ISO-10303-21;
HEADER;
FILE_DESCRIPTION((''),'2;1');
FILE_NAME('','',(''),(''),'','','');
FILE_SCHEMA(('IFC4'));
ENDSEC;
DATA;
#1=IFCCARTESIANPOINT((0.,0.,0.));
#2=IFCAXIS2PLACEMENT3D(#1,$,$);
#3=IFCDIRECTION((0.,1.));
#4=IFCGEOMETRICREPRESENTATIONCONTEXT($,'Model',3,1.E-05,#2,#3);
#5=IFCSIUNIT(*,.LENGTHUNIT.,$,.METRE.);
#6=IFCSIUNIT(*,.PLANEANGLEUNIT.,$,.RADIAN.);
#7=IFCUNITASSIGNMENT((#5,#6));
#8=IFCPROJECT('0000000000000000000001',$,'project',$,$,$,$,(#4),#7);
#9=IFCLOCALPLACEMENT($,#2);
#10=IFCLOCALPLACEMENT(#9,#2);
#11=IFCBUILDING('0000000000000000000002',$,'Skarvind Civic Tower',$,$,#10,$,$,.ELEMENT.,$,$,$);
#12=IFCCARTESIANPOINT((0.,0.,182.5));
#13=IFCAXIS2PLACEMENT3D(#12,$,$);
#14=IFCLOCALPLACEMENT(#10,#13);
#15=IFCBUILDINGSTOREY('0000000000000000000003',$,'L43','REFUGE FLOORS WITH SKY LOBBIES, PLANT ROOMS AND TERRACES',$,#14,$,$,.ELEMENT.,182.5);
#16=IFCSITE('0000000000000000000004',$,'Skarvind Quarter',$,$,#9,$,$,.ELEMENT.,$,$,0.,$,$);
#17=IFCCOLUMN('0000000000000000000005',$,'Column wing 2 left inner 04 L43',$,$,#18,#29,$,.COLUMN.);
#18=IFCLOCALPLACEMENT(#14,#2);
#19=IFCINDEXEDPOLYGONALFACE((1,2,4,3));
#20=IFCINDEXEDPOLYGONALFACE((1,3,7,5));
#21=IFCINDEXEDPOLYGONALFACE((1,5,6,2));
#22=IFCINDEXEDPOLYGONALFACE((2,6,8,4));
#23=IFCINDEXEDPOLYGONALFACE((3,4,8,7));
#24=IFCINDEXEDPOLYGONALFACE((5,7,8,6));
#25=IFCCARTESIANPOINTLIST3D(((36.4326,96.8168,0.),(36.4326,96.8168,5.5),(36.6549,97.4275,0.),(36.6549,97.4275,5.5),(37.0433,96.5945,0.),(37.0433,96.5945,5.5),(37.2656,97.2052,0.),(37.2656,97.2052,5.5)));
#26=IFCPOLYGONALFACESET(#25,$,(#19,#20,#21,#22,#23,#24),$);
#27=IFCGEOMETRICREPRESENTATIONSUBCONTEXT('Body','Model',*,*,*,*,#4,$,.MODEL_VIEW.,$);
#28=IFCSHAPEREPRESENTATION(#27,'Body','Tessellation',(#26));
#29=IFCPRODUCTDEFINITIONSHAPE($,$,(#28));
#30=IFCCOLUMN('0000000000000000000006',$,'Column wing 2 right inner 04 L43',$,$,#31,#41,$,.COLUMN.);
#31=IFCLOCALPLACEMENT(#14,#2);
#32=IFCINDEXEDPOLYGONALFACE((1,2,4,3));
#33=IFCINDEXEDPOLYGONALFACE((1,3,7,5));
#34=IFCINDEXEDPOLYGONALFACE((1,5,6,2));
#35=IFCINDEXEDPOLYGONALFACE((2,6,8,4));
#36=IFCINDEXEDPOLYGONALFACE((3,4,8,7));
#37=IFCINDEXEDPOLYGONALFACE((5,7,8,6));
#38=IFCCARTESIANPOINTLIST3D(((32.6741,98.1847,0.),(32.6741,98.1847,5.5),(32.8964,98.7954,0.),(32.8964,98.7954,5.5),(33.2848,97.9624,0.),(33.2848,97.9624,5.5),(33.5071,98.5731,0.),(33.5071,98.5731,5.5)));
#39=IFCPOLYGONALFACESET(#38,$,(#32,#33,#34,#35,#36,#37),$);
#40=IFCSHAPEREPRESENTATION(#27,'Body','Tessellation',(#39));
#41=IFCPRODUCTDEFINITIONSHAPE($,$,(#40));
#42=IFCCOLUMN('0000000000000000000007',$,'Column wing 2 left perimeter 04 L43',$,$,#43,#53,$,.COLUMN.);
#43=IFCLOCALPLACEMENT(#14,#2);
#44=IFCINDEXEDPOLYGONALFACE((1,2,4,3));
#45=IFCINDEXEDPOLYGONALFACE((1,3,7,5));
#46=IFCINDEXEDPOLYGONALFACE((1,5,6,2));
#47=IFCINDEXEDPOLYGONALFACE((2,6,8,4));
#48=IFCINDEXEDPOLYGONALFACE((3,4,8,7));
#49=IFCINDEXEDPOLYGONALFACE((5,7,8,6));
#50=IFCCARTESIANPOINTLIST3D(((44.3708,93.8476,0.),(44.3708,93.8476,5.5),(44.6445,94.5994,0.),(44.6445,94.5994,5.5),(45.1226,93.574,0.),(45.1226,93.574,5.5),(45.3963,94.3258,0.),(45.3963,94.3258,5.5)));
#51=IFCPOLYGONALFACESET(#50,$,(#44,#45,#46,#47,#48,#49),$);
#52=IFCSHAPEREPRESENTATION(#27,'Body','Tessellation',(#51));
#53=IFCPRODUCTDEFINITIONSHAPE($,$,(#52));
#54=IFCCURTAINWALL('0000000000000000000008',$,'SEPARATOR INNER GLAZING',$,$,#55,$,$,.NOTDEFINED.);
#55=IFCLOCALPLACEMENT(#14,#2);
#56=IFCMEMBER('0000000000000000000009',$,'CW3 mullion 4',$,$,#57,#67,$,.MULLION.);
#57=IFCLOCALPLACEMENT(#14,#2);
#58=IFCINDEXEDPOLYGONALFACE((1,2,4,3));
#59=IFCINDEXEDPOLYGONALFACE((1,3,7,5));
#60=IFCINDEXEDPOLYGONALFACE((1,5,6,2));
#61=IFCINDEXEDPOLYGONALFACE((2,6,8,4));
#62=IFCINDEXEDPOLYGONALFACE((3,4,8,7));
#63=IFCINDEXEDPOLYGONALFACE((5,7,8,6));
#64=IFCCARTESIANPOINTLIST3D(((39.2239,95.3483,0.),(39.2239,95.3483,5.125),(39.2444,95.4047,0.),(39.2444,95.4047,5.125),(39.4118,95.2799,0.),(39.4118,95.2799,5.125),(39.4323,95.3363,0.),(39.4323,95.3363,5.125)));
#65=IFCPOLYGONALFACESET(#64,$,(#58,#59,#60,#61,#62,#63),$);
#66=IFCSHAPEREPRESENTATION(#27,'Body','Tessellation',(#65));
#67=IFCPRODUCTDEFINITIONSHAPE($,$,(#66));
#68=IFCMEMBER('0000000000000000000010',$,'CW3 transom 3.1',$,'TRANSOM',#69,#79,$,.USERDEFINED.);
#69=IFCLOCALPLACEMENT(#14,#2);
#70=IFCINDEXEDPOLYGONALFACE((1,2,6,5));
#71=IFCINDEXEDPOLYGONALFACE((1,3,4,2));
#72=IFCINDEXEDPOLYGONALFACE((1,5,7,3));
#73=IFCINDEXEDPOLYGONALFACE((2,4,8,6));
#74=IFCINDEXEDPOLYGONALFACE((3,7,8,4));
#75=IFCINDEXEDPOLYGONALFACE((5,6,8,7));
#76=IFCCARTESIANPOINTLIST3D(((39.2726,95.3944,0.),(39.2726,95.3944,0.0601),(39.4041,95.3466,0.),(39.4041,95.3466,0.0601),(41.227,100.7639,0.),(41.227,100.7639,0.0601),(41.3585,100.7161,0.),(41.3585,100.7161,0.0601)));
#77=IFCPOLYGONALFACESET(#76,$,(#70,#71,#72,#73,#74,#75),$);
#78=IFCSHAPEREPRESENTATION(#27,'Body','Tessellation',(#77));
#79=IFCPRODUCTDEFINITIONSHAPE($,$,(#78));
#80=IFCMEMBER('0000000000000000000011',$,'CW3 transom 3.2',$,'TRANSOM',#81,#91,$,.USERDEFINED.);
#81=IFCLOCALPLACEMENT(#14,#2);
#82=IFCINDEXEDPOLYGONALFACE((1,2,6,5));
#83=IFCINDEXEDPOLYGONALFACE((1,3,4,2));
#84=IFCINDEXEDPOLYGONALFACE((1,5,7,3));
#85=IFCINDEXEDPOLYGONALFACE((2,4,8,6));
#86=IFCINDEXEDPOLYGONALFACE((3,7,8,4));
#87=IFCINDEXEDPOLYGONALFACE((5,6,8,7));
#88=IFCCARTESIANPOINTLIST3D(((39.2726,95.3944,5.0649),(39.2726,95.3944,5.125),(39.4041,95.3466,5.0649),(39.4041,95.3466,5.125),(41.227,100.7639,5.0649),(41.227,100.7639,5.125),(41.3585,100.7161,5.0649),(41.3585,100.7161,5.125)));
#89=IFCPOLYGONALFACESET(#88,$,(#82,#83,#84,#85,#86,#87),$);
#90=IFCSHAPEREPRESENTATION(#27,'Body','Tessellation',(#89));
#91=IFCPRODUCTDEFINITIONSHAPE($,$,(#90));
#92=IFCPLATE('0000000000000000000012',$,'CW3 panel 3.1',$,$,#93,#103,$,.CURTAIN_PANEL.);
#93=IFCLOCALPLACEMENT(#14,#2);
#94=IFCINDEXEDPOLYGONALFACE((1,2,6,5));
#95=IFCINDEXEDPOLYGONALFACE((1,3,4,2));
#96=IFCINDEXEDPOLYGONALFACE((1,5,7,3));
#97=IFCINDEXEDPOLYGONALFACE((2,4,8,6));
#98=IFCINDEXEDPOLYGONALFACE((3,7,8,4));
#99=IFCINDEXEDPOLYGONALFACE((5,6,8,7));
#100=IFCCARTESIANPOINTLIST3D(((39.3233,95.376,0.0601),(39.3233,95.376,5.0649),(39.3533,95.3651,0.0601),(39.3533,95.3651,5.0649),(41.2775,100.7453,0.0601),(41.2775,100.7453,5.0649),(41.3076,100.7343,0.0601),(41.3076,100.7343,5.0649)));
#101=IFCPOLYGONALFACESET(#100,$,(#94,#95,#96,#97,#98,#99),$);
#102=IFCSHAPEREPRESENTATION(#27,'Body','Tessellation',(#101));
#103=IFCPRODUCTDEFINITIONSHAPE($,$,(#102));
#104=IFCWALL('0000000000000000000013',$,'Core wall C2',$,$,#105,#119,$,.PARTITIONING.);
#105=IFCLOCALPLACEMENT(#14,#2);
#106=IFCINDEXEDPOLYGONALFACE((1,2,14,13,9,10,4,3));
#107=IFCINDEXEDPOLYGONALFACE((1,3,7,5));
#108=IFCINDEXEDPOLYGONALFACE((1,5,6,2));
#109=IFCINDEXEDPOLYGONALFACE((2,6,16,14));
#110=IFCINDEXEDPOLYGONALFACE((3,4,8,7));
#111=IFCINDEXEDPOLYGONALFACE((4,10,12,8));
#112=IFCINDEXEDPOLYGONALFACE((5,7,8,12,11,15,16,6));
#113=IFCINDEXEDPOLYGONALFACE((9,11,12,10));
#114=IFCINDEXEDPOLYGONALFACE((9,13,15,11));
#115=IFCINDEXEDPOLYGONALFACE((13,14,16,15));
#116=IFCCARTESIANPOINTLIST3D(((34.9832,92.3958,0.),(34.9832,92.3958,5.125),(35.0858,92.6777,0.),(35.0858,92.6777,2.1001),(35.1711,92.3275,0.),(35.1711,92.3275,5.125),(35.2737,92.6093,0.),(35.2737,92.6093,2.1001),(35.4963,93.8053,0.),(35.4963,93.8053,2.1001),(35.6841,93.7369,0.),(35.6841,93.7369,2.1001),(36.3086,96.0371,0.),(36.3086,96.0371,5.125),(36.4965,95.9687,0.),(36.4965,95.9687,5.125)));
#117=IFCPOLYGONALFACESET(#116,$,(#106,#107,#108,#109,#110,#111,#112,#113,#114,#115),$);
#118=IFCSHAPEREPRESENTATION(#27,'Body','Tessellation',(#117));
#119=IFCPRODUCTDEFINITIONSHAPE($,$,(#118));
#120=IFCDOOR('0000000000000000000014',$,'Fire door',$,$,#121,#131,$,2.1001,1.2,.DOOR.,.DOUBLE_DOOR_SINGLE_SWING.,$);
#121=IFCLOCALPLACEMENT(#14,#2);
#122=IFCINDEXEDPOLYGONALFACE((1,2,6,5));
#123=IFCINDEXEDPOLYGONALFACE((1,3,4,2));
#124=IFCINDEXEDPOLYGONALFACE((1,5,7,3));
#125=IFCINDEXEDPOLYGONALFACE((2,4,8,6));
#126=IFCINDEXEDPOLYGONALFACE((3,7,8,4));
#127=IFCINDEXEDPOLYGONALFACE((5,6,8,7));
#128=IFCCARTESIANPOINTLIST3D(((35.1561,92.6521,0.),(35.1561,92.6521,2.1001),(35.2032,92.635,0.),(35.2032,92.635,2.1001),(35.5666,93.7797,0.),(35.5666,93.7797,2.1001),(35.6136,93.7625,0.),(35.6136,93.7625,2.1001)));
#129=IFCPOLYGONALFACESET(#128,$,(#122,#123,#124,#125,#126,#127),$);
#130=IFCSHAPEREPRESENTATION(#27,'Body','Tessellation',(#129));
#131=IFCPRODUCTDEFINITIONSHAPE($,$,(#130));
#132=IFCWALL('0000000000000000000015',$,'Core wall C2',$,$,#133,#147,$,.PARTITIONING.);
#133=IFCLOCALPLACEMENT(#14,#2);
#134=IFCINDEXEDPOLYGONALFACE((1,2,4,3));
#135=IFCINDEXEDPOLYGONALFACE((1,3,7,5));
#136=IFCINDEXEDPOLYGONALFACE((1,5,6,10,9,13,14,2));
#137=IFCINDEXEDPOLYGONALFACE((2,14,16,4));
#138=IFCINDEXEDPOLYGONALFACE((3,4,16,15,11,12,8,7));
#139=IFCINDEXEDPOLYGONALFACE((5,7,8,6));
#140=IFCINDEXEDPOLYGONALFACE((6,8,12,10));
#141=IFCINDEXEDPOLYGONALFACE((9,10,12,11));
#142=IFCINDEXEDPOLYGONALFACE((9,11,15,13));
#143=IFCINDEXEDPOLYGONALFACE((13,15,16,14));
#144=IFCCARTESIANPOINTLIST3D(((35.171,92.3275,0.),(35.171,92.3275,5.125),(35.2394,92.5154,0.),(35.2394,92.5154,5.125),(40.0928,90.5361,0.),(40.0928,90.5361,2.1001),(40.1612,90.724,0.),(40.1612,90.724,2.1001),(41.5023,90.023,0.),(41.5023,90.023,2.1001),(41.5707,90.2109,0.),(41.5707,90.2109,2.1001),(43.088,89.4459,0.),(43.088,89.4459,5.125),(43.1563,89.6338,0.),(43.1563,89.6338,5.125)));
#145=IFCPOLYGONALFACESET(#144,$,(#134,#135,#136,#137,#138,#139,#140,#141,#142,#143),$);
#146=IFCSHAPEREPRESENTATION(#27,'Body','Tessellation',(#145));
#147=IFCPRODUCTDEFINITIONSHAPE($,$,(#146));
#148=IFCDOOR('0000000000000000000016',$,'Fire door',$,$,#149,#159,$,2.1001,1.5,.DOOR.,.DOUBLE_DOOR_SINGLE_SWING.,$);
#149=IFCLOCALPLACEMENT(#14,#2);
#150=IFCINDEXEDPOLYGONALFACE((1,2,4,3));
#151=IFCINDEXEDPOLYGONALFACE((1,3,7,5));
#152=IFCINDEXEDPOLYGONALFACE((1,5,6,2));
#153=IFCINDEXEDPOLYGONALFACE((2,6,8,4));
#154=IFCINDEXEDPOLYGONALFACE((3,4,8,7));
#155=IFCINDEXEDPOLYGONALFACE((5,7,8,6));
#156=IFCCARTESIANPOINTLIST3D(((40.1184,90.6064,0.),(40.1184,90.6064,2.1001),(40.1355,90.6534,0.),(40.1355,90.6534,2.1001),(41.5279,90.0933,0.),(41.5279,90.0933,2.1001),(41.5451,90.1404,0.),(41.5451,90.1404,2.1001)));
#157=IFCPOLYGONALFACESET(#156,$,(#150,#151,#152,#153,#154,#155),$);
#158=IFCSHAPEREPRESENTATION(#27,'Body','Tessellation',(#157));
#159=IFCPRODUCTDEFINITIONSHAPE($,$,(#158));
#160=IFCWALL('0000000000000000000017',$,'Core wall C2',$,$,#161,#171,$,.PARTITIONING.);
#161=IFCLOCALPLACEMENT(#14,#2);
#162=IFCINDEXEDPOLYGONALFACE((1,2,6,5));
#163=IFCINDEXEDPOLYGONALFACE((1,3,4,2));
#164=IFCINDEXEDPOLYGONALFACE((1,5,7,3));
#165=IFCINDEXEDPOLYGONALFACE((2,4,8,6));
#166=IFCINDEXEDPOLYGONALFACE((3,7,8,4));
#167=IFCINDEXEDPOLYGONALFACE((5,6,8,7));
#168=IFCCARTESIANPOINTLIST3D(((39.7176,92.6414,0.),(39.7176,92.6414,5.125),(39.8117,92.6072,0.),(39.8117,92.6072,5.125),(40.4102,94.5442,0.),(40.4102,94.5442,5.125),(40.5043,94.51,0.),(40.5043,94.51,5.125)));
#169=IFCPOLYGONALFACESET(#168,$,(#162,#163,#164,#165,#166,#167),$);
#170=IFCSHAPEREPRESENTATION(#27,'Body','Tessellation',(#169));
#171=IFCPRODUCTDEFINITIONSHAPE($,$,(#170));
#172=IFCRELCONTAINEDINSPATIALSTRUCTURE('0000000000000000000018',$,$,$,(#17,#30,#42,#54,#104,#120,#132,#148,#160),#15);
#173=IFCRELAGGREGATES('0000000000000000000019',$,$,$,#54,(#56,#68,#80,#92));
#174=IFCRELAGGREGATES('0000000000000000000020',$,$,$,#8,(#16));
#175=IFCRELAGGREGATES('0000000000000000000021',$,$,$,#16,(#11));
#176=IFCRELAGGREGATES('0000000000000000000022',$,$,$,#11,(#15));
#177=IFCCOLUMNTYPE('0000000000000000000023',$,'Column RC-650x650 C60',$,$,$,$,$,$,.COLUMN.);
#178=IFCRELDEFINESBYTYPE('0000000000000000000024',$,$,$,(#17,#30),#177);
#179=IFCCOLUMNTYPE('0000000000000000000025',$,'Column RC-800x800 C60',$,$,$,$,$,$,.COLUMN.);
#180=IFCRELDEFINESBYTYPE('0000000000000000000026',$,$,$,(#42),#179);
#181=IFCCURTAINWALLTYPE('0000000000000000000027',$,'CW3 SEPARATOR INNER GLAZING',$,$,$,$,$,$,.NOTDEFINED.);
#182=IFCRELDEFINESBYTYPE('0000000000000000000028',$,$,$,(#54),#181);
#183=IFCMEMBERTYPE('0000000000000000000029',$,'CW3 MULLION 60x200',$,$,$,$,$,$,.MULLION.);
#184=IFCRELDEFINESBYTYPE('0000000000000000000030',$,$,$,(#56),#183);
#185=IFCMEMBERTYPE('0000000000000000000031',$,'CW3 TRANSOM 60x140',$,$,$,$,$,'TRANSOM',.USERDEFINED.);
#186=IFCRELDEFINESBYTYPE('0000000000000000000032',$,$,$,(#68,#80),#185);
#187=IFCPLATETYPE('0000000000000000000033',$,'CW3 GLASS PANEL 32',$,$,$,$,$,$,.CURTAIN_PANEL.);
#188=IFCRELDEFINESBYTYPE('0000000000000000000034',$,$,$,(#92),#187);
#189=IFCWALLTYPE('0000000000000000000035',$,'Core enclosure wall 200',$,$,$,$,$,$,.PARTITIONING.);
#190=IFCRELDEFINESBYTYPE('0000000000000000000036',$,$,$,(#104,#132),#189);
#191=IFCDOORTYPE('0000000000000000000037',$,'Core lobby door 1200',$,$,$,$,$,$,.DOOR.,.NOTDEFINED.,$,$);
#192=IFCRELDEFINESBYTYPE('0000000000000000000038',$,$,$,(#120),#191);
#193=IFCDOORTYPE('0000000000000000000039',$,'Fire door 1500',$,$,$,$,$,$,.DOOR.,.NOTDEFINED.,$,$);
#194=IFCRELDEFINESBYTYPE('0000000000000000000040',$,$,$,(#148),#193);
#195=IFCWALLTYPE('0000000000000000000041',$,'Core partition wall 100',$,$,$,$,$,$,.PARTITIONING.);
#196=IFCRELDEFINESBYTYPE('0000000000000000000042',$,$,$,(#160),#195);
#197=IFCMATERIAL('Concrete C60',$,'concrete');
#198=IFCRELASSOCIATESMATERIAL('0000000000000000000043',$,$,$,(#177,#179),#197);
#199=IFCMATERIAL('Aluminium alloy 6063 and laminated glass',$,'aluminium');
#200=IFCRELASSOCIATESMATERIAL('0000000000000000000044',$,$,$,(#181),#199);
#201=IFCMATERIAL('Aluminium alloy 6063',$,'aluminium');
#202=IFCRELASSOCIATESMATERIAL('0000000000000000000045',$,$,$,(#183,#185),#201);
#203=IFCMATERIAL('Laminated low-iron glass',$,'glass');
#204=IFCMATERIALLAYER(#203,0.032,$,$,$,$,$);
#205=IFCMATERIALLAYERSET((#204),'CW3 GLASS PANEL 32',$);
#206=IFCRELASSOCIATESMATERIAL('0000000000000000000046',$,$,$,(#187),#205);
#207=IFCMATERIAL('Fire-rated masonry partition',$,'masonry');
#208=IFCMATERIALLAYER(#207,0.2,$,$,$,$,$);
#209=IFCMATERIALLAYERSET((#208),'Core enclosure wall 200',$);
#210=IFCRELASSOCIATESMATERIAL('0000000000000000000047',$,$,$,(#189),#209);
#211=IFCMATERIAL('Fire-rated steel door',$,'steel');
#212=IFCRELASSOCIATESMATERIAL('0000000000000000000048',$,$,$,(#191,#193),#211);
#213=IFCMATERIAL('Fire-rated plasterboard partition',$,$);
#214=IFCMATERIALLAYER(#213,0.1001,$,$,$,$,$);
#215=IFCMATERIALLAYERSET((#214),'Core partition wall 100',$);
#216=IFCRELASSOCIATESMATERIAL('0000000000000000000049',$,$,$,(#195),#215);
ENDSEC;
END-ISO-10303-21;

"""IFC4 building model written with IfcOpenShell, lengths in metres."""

from ifc_helpers import new_model, si_unit, direction, frame, frame_2d, origin, origin_2d, place, context, subcontext, project, spatial, rectangle, extrude, material, layer, layer_set, material_profile, profile_set, type_object, element, fill, aggregate, save


model = new_model("IFC4")

# Units and contexts
model_context = context("Model", 3, precision=1e-05, world=origin(), true_north=direction((0.0, 1.0)))
body_context = subcontext(model_context, "Body", "Model", "MODEL_VIEW")
ifc_project = project(units=[si_unit("LENGTHUNIT", "METRE"), si_unit("PLANEANGLEUNIT", "RADIAN")], contexts=[model_context])

# Site, building, storey
site_placement = place(None, origin())
site = spatial("IfcSite", under=ifc_project, at=site_placement, Name="Skarvind Quarter", CompositionType="ELEMENT", RefElevation=0.0)
building_placement = place(site_placement, origin())
building = spatial("IfcBuilding", under=site, at=building_placement, Name="Skarvind Civic Tower", CompositionType="ELEMENT")
storey_placement = place(building_placement, frame((0.0, 0.0, 182.5)))
storey = spatial("IfcBuildingStorey", under=building, at=storey_placement, Name="L43", Description="REFUGE FLOORS WITH SKY LOBBIES, PLANT ROOMS AND TERRACES", CompositionType="ELEMENT", Elevation=182.5)

# Columns
ifc_material_1 = material(Name="Concrete C60", Category="concrete")
ifc_material_profile_1 = material_profile(ifc_material_1, rectangle(XDim=0.6499, YDim=0.6499, at=origin_2d()), Name="RC-650x650")
ifc_profile_set_1 = profile_set([ifc_material_profile_1], Name="Concrete C60")
column_type_1 = type_object("IfcColumnType", Name="Column RC-650x650 C60", PredefinedType="COLUMN", material=ifc_profile_set_1)
for number, where, z_axis, x_axis, name in (
    (1, (36.8491, 97.011, 0.0), (0.0, 0.0, 1.0), (-0.34202, -0.939693, 0.0), "Column wing 2 left inner 04 L43"),
    (2, (33.0906, 98.3789, 0.0), (0.0, 0.0, 1.0), (-0.34202, -0.939693, 0.0), "Column wing 2 right inner 04 L43"),
):
    element("IfcColumn", number, at=place(storey_placement, frame(where, z_axis=z_axis, x_axis=x_axis)), inside=storey, type_object=column_type_1, Name=name, PredefinedType="COLUMN", context=body_context, shape_type="SweptSolid", body=[
        extrude(rectangle(XDim=0.6499, YDim=0.6499, at=origin_2d()), origin(), (0.0, 0.0, 1.0), 5.5),
    ])
ifc_material_profile_2 = material_profile(ifc_material_1, rectangle(XDim=0.8, YDim=0.8, at=origin_2d()), Name="RC-800x800")
ifc_profile_set_2 = profile_set([ifc_material_profile_2], Name="Concrete C60")
column_type_2 = type_object("IfcColumnType", Name="Column RC-800x800 C60", PredefinedType="COLUMN", material=ifc_profile_set_2)
column_placement = place(storey_placement, frame((44.8835, 94.0867, 0.0), z_axis=(0.0, 0.0, 1.0), x_axis=(-0.34202, -0.939693, 0.0)))
element("IfcColumn", 3, at=column_placement, inside=storey, type_object=column_type_2, Name="Column wing 2 left perimeter 04 L43", PredefinedType="COLUMN", context=body_context, shape_type="SweptSolid", body=[
    extrude(rectangle(XDim=0.8, YDim=0.8, at=origin_2d()), origin(), (0.0, 0.0, 1.0), 5.5),
])

# Curtain wall, members, plate
ifc_material_2 = material(Name="Aluminium alloy 6063 and laminated glass", Category="aluminium")
curtain_wall_type = type_object("IfcCurtainWallType", Name="CW3 SEPARATOR INNER GLAZING", PredefinedType="NOTDEFINED", material=ifc_material_2)
curtain_wall_placement = place(storey_placement, origin())
curtain_wall = element("IfcCurtainWall", 4, at=curtain_wall_placement, inside=storey, type_object=curtain_wall_type, Name="SEPARATOR INNER GLAZING", PredefinedType="NOTDEFINED")
ifc_material_3 = material(Name="Aluminium alloy 6063", Category="aluminium")
ifc_material_profile_3 = material_profile(ifc_material_3, rectangle(XDim=0.2, YDim=0.0601, at=origin_2d()), Name="AL 60x200")
ifc_profile_set_3 = profile_set([ifc_material_profile_3], Name="Aluminium alloy 6063")
member_type_1 = type_object("IfcMemberType", Name="CW3 MULLION 60x200", PredefinedType="MULLION", material=ifc_profile_set_3)
member_1_placement = place(storey_placement, frame((39.3281, 95.3423, 0.0), z_axis=(0.0, 0.0, 1.0), x_axis=(0.939693, -0.342018, 0.0)))
member_1 = element("IfcMember", 5, at=member_1_placement, type_object=member_type_1, Name="CW3 mullion 4", PredefinedType="MULLION", context=body_context, shape_type="SweptSolid", body=[
    extrude(rectangle(XDim=0.2, YDim=0.0601, at=origin_2d()), origin(), (0.0, 0.0, 1.0), 5.125),
])
ifc_material_profile_4 = material_profile(ifc_material_3, rectangle(XDim=0.1399, YDim=0.0601, at=origin_2d()), Name="AL 60x140")
ifc_profile_set_4 = profile_set([ifc_material_profile_4], Name="Aluminium alloy 6063")
member_type_2 = type_object("IfcMemberType", Name="CW3 TRANSOM 60x140", ElementType="TRANSOM", PredefinedType="USERDEFINED", material=ifc_profile_set_4)
member_2_placement = place(storey_placement, frame((41.2927, 100.74, 0.03), z_axis=(-0.342028, -0.93969, 0.0), x_axis=(0.93969, -0.342028, 0.0)))
member_2 = element("IfcMember", 6, at=member_2_placement, type_object=member_type_2, Name="CW3 transom 3.1", ObjectType="TRANSOM", PredefinedType="USERDEFINED", context=body_context, shape_type="SweptSolid", body=[
    extrude(rectangle(XDim=0.1399, YDim=0.0601, at=origin_2d()), origin(), (0.0, 0.0, 1.0), 5.7141),
])
member_3_placement = place(storey_placement, frame((41.2927, 100.74, 5.095), z_axis=(-0.342028, -0.93969, 0.0), x_axis=(0.93969, -0.342028, 0.0)))
member_3 = element("IfcMember", 7, at=member_3_placement, type_object=member_type_2, Name="CW3 transom 3.2", ObjectType="TRANSOM", PredefinedType="USERDEFINED", context=body_context, shape_type="SweptSolid", body=[
    extrude(rectangle(XDim=0.1399, YDim=0.0601, at=origin_2d()), origin(), (0.0, 0.0, 1.0), 5.7141),
])
ifc_material_4 = material(Name="Laminated low-iron glass", Category="glass")
ifc_layer_1 = layer(ifc_material_4, 0.032)
ifc_layer_set_1 = layer_set([ifc_layer_1], Name="CW3 GLASS PANEL 32")
plate_type = type_object("IfcPlateType", Name="CW3 GLASS PANEL 32", PredefinedType="CURTAIN_PANEL", material=ifc_layer_set_1)
plate_placement = place(storey_placement, frame((40.3154, 98.0552, 0.0601), z_axis=(0.0, 0.0, 1.0), x_axis=(-0.342018, -0.939693, 0.0)))
plate = element("IfcPlate", 8, at=plate_placement, type_object=plate_type, Name="CW3 panel 3.1", PredefinedType="CURTAIN_PANEL", context=body_context, shape_type="SweptSolid", body=[
    extrude(rectangle(XDim=5.7139, YDim=0.032, at=origin_2d()), origin(), (0.0, 0.0, 1.0), 5.0049),
])
aggregate(curtain_wall, [member_1, member_2, member_3, plate])

# Walls, openings, doors
ifc_material_5 = material(Name="Fire-rated masonry partition", Category="masonry")
ifc_layer_2 = layer(ifc_material_5, 0.2)
ifc_layer_set_2 = layer_set([ifc_layer_2], Name="Core enclosure wall 200")
wall_type_1 = type_object("IfcWallType", Name="Core enclosure wall 200", PredefinedType="PARTITIONING", material=ifc_layer_set_2)
wall_1_placement = place(storey_placement, frame((36.4026, 96.0029, 0.0), z_axis=(0.0, 0.0, 1.0), x_axis=(-0.342042, -0.939685, 0.0)))
wall_1 = element("IfcWall", 9, at=wall_1_placement, inside=storey, type_object=wall_type_1, Name="Core wall C2", PredefinedType="PARTITIONING", context=body_context, shape_type="SweptSolid", body=[
    extrude(rectangle(XDim=3.875, YDim=0.2, at=frame_2d((1.9375, 0.0))), origin(), (0.0, 0.0, 1.0), 5.125),
])
opening_1_placement = place(wall_1_placement, frame((2.375, 0.0, 0.0)))
opening_1 = element("IfcOpeningElement", 10, at=opening_1_placement, cuts=wall_1, PredefinedType="OPENING", context=body_context, shape_type="SweptSolid", body=[
    extrude(rectangle(XDim=1.2, YDim=2.1001, at=frame_2d((0.6001, 1.05))), frame((0.0, 0.1099, 0.0), z_axis=(0.0, -1.0, 0.0), x_axis=(1.0, 0.0, 0.0)), (0.0, 0.0, 1.0), 0.22),
])
ifc_material_6 = material(Name="Fire-rated steel door", Category="steel")
door_type_1 = type_object("IfcDoorType", Name="Core lobby door 1200", OperationType="NOTDEFINED", PredefinedType="DOOR", material=ifc_material_6)
door_1_placement = place(opening_1_placement, origin())
door_1 = element("IfcDoor", 11, at=door_1_placement, inside=storey, type_object=door_type_1, Name="Fire door", OperationType="DOUBLE_DOOR_SINGLE_SWING", OverallHeight=2.1001, OverallWidth=1.2, PredefinedType="DOOR", context=body_context, shape_type="SweptSolid", body=[
    extrude(rectangle(XDim=1.2, YDim=2.1001, at=frame_2d((0.6001, 1.05))), frame((0.0, 0.0249, 0.0), z_axis=(0.0, -1.0, 0.0), x_axis=(1.0, 0.0, 0.0)), (0.0, 0.0, 1.0), 0.05),
])
fill(opening_1, door_1)
wall_2_placement = place(storey_placement, frame((35.2053, 92.4214, 0.0), z_axis=(0.0, 0.0, 1.0), x_axis=(0.939691, -0.342025, 0.0)))
wall_2 = element("IfcWall", 12, at=wall_2_placement, inside=storey, type_object=wall_type_1, Name="Core wall C2", PredefinedType="PARTITIONING", context=body_context, shape_type="SweptSolid", body=[
    extrude(rectangle(XDim=8.425, YDim=0.2, at=frame_2d((4.2124, 0.0))), origin(), (0.0, 0.0, 1.0), 5.125),
])
opening_2_placement = place(wall_2_placement, frame((5.2375, 0.0, 0.0)))
opening_2 = element("IfcOpeningElement", 13, at=opening_2_placement, cuts=wall_2, PredefinedType="OPENING", context=body_context, shape_type="SweptSolid", body=[
    extrude(rectangle(XDim=1.5, YDim=2.1001, at=frame_2d((0.75, 1.05))), frame((0.0, 0.1099, 0.0), z_axis=(0.0, -1.0, 0.0), x_axis=(1.0, 0.0, 0.0)), (0.0, 0.0, 1.0), 0.22),
])
door_type_2 = type_object("IfcDoorType", Name="Fire door 1500", OperationType="NOTDEFINED", PredefinedType="DOOR", material=ifc_material_6)
door_2_placement = place(opening_2_placement, origin())
door_2 = element("IfcDoor", 14, at=door_2_placement, inside=storey, type_object=door_type_2, Name="Fire door", OperationType="DOUBLE_DOOR_SINGLE_SWING", OverallHeight=2.1001, OverallWidth=1.5, PredefinedType="DOOR", context=body_context, shape_type="SweptSolid", body=[
    extrude(rectangle(XDim=1.5, YDim=2.1001, at=frame_2d((0.75, 1.05))), frame((0.0, 0.0249, 0.0), z_axis=(0.0, -1.0, 0.0), x_axis=(1.0, 0.0, 0.0)), (0.0, 0.0, 1.0), 0.05),
])
fill(opening_2, door_2)

# Wall
ifc_material_7 = material(Name="Fire-rated plasterboard partition")
ifc_layer_3 = layer(ifc_material_7, 0.1001)
ifc_layer_set_3 = layer_set([ifc_layer_3], Name="Core partition wall 100")
wall_type_2 = type_object("IfcWallType", Name="Core partition wall 100", PredefinedType="PARTITIONING", material=ifc_layer_set_3)
wall_3_placement = place(storey_placement, frame((40.4573, 94.5271, 0.0), z_axis=(0.0, 0.0, 1.0), x_axis=(-0.342043, -0.939684, 0.0)))
element("IfcWall", 15, at=wall_3_placement, inside=storey, type_object=wall_type_2, Name="Core wall C2", PredefinedType="PARTITIONING", context=body_context, shape_type="SweptSolid", body=[
    extrude(rectangle(XDim=2.0249, YDim=0.1001, at=frame_2d((1.0125, 0.0))), origin(), (0.0, 0.0, 1.0), 5.125),
])

save(model, "model.ifc")
